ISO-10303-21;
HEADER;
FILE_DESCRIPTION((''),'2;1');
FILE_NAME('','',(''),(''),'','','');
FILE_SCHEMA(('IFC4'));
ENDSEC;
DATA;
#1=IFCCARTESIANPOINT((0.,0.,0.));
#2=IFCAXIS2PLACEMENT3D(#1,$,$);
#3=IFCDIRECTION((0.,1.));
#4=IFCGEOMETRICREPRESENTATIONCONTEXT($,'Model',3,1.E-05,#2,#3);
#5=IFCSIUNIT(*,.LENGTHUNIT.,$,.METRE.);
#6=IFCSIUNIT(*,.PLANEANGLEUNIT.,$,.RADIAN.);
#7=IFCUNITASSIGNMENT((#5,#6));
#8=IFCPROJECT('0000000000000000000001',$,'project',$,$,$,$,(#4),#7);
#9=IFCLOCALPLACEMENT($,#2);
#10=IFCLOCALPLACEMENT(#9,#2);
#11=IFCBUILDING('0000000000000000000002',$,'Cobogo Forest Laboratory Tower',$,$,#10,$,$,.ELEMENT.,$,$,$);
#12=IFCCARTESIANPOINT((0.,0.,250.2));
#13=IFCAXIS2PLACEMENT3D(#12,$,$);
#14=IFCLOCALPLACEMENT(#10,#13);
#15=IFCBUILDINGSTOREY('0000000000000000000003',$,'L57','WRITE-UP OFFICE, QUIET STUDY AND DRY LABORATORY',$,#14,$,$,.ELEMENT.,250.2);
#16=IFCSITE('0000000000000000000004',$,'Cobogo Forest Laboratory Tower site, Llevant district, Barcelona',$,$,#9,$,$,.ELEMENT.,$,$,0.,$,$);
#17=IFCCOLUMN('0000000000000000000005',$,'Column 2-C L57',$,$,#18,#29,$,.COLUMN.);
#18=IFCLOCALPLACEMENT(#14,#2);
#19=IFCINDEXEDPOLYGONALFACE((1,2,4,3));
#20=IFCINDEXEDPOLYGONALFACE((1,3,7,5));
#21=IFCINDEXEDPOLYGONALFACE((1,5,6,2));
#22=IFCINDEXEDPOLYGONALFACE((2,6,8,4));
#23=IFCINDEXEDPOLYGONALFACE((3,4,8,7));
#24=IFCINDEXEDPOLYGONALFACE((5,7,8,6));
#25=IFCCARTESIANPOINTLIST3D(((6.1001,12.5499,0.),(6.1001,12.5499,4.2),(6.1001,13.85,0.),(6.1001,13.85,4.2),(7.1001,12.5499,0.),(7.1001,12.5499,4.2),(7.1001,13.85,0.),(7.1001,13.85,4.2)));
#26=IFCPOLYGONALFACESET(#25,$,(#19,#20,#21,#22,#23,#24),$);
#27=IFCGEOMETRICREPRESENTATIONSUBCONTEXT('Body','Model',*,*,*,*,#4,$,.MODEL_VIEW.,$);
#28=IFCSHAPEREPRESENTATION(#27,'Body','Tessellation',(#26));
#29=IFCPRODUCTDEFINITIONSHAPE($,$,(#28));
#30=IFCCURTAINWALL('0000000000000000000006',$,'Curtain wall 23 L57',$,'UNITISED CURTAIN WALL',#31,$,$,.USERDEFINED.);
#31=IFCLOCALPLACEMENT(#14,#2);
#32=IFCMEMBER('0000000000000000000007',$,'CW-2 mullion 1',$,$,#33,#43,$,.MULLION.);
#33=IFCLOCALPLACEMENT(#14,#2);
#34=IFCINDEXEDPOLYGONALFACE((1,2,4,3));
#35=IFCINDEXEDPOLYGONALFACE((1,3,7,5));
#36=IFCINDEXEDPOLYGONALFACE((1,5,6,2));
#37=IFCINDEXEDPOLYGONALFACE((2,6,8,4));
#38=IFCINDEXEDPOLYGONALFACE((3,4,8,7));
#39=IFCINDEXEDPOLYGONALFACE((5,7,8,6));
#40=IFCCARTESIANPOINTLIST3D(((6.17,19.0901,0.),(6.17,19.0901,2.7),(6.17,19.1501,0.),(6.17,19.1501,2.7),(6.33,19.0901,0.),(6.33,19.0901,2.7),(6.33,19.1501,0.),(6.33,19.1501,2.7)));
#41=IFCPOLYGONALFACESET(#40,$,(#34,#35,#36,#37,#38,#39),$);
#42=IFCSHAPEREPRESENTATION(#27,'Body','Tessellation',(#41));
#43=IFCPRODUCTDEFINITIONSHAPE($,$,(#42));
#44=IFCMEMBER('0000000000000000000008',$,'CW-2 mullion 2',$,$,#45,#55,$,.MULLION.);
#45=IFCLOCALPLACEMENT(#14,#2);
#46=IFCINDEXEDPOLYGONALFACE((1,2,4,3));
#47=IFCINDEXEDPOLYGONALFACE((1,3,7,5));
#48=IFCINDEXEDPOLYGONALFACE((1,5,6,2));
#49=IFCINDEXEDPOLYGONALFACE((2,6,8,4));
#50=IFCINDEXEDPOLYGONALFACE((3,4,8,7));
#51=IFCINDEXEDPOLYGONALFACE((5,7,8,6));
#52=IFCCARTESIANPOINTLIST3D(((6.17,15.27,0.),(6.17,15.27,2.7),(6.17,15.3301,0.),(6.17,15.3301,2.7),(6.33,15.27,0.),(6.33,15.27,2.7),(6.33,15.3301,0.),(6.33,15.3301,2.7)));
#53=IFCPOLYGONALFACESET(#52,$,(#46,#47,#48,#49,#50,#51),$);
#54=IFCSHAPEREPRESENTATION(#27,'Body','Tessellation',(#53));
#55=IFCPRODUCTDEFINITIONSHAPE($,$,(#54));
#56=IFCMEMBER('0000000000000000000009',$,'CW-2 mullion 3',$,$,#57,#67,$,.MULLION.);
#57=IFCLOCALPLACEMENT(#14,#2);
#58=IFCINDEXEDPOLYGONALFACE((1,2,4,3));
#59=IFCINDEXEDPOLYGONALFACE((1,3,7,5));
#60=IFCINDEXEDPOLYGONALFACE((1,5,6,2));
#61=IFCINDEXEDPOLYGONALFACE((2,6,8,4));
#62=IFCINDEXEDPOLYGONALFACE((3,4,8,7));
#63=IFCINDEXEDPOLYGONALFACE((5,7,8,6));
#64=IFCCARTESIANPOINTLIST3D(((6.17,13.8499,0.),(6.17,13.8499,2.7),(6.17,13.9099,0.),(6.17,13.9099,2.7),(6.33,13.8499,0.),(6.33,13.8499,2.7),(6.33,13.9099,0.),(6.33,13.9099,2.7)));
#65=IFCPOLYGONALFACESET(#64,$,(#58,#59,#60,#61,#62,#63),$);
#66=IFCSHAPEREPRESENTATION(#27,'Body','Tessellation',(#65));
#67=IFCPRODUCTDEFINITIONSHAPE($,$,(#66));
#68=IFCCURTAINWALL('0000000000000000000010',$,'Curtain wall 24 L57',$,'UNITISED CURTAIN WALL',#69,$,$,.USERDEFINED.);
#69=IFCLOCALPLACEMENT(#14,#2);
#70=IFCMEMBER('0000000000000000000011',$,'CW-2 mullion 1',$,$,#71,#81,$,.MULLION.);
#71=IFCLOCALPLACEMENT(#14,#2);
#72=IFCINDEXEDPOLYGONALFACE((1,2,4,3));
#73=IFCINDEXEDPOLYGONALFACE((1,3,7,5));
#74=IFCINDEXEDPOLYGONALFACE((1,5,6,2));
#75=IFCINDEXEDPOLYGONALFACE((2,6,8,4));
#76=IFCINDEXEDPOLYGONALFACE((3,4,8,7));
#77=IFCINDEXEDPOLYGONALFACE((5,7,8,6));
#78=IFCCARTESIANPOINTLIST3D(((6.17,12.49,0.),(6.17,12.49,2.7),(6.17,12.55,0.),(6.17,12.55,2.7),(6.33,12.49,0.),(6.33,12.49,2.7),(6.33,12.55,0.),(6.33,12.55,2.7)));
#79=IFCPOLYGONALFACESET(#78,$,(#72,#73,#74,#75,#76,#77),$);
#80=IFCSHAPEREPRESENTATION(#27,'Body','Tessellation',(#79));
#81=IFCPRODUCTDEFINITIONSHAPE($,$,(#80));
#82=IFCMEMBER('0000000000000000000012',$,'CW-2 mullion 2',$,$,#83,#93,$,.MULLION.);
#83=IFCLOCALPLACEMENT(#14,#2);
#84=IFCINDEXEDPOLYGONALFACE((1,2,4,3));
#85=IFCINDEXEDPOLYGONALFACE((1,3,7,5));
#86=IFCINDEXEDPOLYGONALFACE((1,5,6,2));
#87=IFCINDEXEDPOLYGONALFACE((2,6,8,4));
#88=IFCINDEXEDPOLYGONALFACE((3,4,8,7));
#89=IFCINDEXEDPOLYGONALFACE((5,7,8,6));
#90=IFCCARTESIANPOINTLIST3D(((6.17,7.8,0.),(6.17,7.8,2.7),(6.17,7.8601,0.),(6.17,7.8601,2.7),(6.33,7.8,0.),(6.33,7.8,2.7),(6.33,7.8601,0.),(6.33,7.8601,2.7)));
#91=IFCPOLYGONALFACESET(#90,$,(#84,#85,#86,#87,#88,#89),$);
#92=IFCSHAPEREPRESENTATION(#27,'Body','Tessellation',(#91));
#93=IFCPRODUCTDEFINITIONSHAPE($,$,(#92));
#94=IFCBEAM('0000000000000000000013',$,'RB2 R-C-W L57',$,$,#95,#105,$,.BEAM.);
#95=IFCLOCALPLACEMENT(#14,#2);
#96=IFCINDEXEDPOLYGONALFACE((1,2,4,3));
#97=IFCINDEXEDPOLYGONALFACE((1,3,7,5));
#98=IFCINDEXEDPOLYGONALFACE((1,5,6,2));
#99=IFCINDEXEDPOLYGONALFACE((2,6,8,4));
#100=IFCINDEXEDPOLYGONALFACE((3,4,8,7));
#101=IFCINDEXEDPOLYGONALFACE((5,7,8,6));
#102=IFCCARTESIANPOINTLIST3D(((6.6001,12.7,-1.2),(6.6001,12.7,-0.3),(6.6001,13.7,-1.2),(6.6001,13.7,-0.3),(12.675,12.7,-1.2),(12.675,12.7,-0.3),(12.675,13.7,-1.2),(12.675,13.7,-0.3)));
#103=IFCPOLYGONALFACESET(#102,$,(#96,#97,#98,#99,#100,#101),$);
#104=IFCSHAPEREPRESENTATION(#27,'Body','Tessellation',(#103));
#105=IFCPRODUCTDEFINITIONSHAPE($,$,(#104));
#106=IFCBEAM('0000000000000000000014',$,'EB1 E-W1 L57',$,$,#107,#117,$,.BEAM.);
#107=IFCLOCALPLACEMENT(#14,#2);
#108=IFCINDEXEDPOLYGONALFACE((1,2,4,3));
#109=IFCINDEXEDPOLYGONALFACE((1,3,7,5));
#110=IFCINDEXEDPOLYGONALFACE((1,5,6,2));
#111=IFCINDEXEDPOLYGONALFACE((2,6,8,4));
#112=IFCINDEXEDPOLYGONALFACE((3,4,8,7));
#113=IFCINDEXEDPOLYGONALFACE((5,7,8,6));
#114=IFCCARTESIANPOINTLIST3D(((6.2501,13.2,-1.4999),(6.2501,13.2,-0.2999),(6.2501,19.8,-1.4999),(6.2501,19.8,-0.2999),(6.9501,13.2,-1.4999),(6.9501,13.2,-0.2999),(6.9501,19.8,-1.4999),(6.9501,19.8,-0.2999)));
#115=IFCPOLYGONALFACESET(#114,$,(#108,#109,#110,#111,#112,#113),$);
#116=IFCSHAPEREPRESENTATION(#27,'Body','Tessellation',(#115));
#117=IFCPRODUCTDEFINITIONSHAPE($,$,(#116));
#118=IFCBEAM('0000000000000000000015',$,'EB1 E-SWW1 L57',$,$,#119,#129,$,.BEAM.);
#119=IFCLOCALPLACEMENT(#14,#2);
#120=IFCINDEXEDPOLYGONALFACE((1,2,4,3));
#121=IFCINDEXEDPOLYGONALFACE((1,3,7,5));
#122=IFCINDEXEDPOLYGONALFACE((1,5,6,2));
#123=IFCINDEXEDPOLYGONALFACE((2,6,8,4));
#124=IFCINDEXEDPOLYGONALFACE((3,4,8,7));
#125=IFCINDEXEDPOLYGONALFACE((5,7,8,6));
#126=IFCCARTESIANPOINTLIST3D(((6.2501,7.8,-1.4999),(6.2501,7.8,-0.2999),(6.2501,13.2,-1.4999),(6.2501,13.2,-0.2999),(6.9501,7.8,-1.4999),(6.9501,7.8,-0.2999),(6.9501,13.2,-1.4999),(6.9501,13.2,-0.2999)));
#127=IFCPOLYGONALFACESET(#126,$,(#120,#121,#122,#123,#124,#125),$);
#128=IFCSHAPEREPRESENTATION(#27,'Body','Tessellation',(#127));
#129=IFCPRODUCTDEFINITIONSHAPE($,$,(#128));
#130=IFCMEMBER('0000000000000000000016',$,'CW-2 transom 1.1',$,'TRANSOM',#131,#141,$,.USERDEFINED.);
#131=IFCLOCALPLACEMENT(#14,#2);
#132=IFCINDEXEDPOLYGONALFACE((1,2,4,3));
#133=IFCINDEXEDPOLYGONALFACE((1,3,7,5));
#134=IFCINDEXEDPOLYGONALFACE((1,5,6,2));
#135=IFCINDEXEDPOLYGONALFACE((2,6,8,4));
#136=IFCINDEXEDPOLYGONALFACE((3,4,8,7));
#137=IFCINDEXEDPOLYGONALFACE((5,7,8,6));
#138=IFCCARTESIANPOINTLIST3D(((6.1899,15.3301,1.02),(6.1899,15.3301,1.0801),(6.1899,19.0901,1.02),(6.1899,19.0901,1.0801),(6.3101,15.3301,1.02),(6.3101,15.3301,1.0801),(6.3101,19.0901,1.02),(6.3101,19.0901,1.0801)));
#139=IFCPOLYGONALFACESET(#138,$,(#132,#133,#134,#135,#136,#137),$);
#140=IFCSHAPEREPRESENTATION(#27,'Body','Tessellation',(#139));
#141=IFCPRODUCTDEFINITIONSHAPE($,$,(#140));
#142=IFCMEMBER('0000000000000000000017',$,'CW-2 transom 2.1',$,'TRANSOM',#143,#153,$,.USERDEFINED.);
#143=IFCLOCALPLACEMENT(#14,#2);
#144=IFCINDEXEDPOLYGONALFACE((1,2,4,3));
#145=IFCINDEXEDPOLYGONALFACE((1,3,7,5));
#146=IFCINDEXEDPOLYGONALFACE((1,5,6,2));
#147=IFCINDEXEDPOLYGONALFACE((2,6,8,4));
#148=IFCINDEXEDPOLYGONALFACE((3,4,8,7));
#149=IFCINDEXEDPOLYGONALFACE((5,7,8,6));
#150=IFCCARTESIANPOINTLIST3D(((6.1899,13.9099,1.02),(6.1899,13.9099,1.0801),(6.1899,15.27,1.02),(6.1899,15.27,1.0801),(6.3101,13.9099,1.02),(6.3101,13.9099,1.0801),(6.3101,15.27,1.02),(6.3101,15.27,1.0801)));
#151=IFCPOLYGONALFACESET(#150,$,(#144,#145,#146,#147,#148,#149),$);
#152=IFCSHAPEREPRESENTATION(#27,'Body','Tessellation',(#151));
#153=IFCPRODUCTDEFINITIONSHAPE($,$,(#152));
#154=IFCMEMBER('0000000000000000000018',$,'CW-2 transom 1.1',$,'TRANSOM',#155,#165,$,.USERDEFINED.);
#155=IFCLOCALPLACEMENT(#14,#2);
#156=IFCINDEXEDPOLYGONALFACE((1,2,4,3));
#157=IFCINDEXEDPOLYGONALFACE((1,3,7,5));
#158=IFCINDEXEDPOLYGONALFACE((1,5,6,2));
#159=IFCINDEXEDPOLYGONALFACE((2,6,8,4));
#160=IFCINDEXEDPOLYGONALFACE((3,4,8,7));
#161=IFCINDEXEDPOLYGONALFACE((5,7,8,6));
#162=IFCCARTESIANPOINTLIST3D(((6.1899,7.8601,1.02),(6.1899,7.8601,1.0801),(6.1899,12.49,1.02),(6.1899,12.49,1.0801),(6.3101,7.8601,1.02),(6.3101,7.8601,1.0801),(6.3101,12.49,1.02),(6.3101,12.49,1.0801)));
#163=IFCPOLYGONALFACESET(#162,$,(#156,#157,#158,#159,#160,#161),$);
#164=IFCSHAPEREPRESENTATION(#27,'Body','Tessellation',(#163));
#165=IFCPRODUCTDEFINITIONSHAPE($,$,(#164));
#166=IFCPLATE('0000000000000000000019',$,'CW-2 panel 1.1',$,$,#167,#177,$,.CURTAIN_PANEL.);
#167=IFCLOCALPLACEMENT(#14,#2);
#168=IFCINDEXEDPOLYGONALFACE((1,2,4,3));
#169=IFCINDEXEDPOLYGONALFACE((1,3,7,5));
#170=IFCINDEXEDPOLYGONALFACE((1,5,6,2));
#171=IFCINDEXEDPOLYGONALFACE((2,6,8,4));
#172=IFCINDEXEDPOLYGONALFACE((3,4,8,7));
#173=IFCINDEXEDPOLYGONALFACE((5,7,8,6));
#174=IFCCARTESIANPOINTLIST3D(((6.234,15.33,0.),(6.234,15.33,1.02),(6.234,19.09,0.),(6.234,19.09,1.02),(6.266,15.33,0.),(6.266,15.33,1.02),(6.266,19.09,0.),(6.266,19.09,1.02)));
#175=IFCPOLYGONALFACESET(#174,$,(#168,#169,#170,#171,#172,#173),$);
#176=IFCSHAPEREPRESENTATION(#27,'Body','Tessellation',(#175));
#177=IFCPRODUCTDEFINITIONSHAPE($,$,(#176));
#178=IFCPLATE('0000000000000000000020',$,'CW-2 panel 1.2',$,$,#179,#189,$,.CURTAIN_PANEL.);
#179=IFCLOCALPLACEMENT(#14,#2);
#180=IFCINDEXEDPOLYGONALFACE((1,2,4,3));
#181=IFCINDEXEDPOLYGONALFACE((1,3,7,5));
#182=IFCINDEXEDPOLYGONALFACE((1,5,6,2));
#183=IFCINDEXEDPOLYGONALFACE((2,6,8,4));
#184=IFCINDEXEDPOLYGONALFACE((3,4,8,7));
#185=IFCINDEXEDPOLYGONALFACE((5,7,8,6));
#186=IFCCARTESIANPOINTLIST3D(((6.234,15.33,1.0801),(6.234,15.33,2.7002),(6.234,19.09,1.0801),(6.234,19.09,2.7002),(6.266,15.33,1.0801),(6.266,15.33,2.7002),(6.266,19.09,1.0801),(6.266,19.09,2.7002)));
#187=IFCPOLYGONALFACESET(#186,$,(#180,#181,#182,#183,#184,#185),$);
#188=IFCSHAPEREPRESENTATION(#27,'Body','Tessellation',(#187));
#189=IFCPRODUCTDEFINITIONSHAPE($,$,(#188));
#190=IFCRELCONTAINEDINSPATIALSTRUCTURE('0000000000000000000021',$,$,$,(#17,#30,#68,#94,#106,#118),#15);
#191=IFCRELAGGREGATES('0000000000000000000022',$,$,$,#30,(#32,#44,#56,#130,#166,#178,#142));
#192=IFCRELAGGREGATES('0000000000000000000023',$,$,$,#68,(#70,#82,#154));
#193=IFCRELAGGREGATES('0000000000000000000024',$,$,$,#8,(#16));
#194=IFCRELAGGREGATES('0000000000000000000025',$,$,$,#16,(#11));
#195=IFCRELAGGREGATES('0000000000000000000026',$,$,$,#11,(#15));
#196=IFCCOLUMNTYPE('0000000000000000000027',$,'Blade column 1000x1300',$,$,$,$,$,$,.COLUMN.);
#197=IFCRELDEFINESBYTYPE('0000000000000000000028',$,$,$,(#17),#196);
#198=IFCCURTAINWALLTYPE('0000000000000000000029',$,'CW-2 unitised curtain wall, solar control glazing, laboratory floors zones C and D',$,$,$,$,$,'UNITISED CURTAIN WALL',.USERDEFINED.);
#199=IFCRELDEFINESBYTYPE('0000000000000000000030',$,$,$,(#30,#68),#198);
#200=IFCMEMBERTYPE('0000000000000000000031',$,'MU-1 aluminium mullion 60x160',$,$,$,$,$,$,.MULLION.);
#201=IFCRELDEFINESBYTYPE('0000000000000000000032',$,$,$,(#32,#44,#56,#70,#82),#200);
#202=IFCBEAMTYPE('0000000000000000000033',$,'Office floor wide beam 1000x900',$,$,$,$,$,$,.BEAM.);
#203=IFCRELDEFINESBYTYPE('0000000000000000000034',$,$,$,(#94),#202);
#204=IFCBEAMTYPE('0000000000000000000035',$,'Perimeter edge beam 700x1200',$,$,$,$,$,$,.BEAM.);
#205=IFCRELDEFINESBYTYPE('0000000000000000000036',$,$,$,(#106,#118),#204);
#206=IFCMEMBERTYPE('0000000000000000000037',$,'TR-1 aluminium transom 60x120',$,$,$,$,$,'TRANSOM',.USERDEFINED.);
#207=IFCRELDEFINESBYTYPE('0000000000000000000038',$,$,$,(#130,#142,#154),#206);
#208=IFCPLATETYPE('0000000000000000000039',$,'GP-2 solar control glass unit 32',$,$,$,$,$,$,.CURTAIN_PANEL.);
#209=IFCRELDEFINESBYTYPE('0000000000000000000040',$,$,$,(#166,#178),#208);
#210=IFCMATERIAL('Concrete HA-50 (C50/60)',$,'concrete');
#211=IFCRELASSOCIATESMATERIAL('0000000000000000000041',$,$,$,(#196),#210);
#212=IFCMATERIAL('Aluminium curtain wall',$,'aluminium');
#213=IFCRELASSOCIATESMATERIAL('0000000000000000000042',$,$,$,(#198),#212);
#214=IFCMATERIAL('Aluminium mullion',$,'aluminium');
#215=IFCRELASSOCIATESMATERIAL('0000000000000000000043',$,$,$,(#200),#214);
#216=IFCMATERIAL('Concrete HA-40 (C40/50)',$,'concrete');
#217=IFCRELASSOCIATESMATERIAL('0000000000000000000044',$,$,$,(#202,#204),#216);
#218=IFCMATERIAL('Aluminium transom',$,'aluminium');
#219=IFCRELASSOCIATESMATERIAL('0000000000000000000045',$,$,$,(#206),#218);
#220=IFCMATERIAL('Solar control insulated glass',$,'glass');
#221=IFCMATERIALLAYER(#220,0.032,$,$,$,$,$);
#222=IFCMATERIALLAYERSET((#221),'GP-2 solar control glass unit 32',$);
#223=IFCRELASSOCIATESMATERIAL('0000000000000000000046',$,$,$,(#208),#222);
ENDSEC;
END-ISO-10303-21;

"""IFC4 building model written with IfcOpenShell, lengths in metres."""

from ifc_helpers import new_model, si_unit, direction, frame, origin, origin_2d, place, context, subcontext, project, spatial, rectangle, extrude, material, layer, layer_set, material_profile, profile_set, type_object, element, aggregate, save


model = new_model("IFC4")

# Units and contexts
model_context = context("Model", 3, precision=1e-05, world=origin(), true_north=direction((0.0, 1.0)))
body_context = subcontext(model_context, "Body", "Model", "MODEL_VIEW")
ifc_project = project(units=[si_unit("LENGTHUNIT", "METRE"), si_unit("PLANEANGLEUNIT", "RADIAN")], contexts=[model_context])

# Site, building, storey
site_placement = place(None, origin())
site = spatial("IfcSite", under=ifc_project, at=site_placement, Name="Cobogo Forest Laboratory Tower site, Llevant district, Barcelona", CompositionType="ELEMENT", RefElevation=0.0)
building_placement = place(site_placement, origin())
building = spatial("IfcBuilding", under=site, at=building_placement, Name="Cobogo Forest Laboratory Tower", CompositionType="ELEMENT")
storey_placement = place(building_placement, frame((0.0, 0.0, 250.2)))
storey = spatial("IfcBuildingStorey", under=building, at=storey_placement, Name="L57", Description="WRITE-UP OFFICE, QUIET STUDY AND DRY LABORATORY", CompositionType="ELEMENT", Elevation=250.2)

# Column
ifc_material_1 = material(Name="Concrete HA-50 (C50/60)", Category="concrete")
ifc_material_profile_1 = material_profile(ifc_material_1, rectangle(XDim=1.3, YDim=1.0, at=origin_2d()), Name="RC 1000x1300")
ifc_profile_set_1 = profile_set([ifc_material_profile_1], Name="Concrete HA-50 (C50/60)")
column_type = type_object("IfcColumnType", Name="Blade column 1000x1300", PredefinedType="COLUMN", material=ifc_profile_set_1)
column_placement = place(storey_placement, frame((6.6001, 13.2, 0.0), z_axis=(0.0, 0.0, 1.0), x_axis=(0.0, 1.0, 0.0)))
element("IfcColumn", 1, at=column_placement, inside=storey, type_object=column_type, Name="Column 2-C L57", PredefinedType="COLUMN", context=body_context, shape_type="SweptSolid", body=[
    extrude(rectangle(XDim=1.3, YDim=1.0, at=origin_2d()), origin(), (0.0, 0.0, 1.0), 4.2),
])

# Curtain walls, members
ifc_material_2 = material(Name="Aluminium curtain wall", Category="aluminium")
curtain_wall_type = type_object("IfcCurtainWallType", Name="CW-2 unitised curtain wall, solar control glazing, laboratory floors zones C and D", ElementType="UNITISED CURTAIN WALL", PredefinedType="USERDEFINED", material=ifc_material_2)
curtain_wall_1_placement = place(storey_placement, origin())
curtain_wall_1 = element("IfcCurtainWall", 2, at=curtain_wall_1_placement, inside=storey, type_object=curtain_wall_type, Name="Curtain wall 23 L57", ObjectType="UNITISED CURTAIN WALL", PredefinedType="USERDEFINED")
ifc_material_3 = material(Name="Aluminium mullion", Category="aluminium")
ifc_material_profile_2 = material_profile(ifc_material_3, rectangle(XDim=0.0601, YDim=0.1599, at=origin_2d()), Name="AL 60x160")
ifc_profile_set_2 = profile_set([ifc_material_profile_2], Name="Aluminium mullion")
member_type_1 = type_object("IfcMemberType", Name="MU-1 aluminium mullion 60x160", PredefinedType="MULLION", material=ifc_profile_set_2)
member_1_placement = place(storey_placement, frame((6.25, 19.1201, 0.0), z_axis=(0.0, 0.0, 1.0), x_axis=(0.0, -1.0, 0.0)))
member_1 = element("IfcMember", 3, at=member_1_placement, type_object=member_type_1, Name="CW-2 mullion 1", PredefinedType="MULLION", context=body_context, shape_type="SweptSolid", body=[
    extrude(rectangle(XDim=0.0601, YDim=0.1599, at=origin_2d()), origin(), (0.0, 0.0, 1.0), 2.7),
])
member_2_placement = place(storey_placement, frame((6.25, 15.3, 0.0), z_axis=(0.0, 0.0, 1.0), x_axis=(0.0, -1.0, 0.0)))
member_2 = element("IfcMember", 4, at=member_2_placement, type_object=member_type_1, Name="CW-2 mullion 2", PredefinedType="MULLION", context=body_context, shape_type="SweptSolid", body=[
    extrude(rectangle(XDim=0.0601, YDim=0.1599, at=origin_2d()), origin(), (0.0, 0.0, 1.0), 2.7),
])
member_3_placement = place(storey_placement, frame((6.25, 13.8799, 0.0), z_axis=(0.0, 0.0, 1.0), x_axis=(0.0, -1.0, 0.0)))
member_3 = element("IfcMember", 5, at=member_3_placement, type_object=member_type_1, Name="CW-2 mullion 3", PredefinedType="MULLION", context=body_context, shape_type="SweptSolid", body=[
    extrude(rectangle(XDim=0.0601, YDim=0.1599, at=origin_2d()), origin(), (0.0, 0.0, 1.0), 2.7),
])
curtain_wall_2_placement = place(storey_placement, origin())
curtain_wall_2 = element("IfcCurtainWall", 6, at=curtain_wall_2_placement, inside=storey, type_object=curtain_wall_type, Name="Curtain wall 24 L57", ObjectType="UNITISED CURTAIN WALL", PredefinedType="USERDEFINED")
member_4_placement = place(storey_placement, frame((6.25, 12.52, 0.0), z_axis=(0.0, 0.0, 1.0), x_axis=(0.0, -1.0, 0.0)))
member_4 = element("IfcMember", 7, at=member_4_placement, type_object=member_type_1, Name="CW-2 mullion 1", PredefinedType="MULLION", context=body_context, shape_type="SweptSolid", body=[
    extrude(rectangle(XDim=0.0601, YDim=0.1599, at=origin_2d()), origin(), (0.0, 0.0, 1.0), 2.7),
])
member_5_placement = place(storey_placement, frame((6.25, 7.8301, 0.0), z_axis=(0.0, 0.0, 1.0), x_axis=(0.0, -1.0, 0.0)))
member_5 = element("IfcMember", 8, at=member_5_placement, type_object=member_type_1, Name="CW-2 mullion 2", PredefinedType="MULLION", context=body_context, shape_type="SweptSolid", body=[
    extrude(rectangle(XDim=0.0601, YDim=0.1599, at=origin_2d()), origin(), (0.0, 0.0, 1.0), 2.7),
])

# Beams
ifc_material_4 = material(Name="Concrete HA-40 (C40/50)", Category="concrete")
ifc_material_profile_3 = material_profile(ifc_material_4, rectangle(XDim=1.0, YDim=0.8999, at=origin_2d()), Name="RC 1000x900")
ifc_profile_set_3 = profile_set([ifc_material_profile_3], Name="Concrete HA-40 (C40/50)")
beam_type_1 = type_object("IfcBeamType", Name="Office floor wide beam 1000x900", PredefinedType="BEAM", material=ifc_profile_set_3)
beam_1_placement = place(storey_placement, frame((12.675, 13.2, -0.75), z_axis=(-1.0, 0.0, 0.0), x_axis=(0.0, -1.0, 0.0)))
element("IfcBeam", 9, at=beam_1_placement, inside=storey, type_object=beam_type_1, Name="RB2 R-C-W L57", PredefinedType="BEAM", context=body_context, shape_type="SweptSolid", body=[
    extrude(rectangle(XDim=1.0, YDim=0.8999, at=origin_2d()), origin(), (0.0, 0.0, 1.0), 6.075),
])
ifc_material_profile_4 = material_profile(ifc_material_4, rectangle(XDim=0.7, YDim=1.2, at=origin_2d()), Name="RC 700x1200")
ifc_profile_set_4 = profile_set([ifc_material_profile_4], Name="Concrete HA-40 (C40/50)")
beam_type_2 = type_object("IfcBeamType", Name="Perimeter edge beam 700x1200", PredefinedType="BEAM", material=ifc_profile_set_4)
beam_2_placement = place(storey_placement, frame((6.6001, 13.2, -0.8999), z_axis=(0.0, 1.0, 0.0), x_axis=(-1.0, 0.0, 0.0)))
element("IfcBeam", 10, at=beam_2_placement, inside=storey, type_object=beam_type_2, Name="EB1 E-W1 L57", PredefinedType="BEAM", context=body_context, shape_type="SweptSolid", body=[
    extrude(rectangle(XDim=0.7, YDim=1.2, at=origin_2d()), origin(), (0.0, 0.0, 1.0), 6.6001),
])
beam_3_placement = place(storey_placement, frame((6.6001, 13.2, -0.8999), z_axis=(0.0, -1.0, 0.0), x_axis=(1.0, 0.0, 0.0)))
element("IfcBeam", 11, at=beam_3_placement, inside=storey, type_object=beam_type_2, Name="EB1 E-SWW1 L57", PredefinedType="BEAM", context=body_context, shape_type="SweptSolid", body=[
    extrude(rectangle(XDim=0.7, YDim=1.2, at=origin_2d()), origin(), (0.0, 0.0, 1.0), 5.3999),
])

# Members
ifc_material_5 = material(Name="Aluminium transom", Category="aluminium")
ifc_material_profile_5 = material_profile(ifc_material_5, rectangle(XDim=0.1201, YDim=0.0601, at=origin_2d()), Name="AL 60x120")
ifc_profile_set_5 = profile_set([ifc_material_profile_5], Name="Aluminium transom")
member_type_2 = type_object("IfcMemberType", Name="TR-1 aluminium transom 60x120", ElementType="TRANSOM", PredefinedType="USERDEFINED", material=ifc_profile_set_5)
member_6_placement = place(storey_placement, frame((6.25, 19.0901, 1.05), z_axis=(0.0, -1.0, 0.0), x_axis=(1.0, 0.0, 0.0)))
member_6 = element("IfcMember", 12, at=member_6_placement, type_object=member_type_2, Name="CW-2 transom 1.1", ObjectType="TRANSOM", PredefinedType="USERDEFINED", context=body_context, shape_type="SweptSolid", body=[
    extrude(rectangle(XDim=0.1201, YDim=0.0601, at=origin_2d()), origin(), (0.0, 0.0, 1.0), 3.76),
])
member_7_placement = place(storey_placement, frame((6.25, 15.27, 1.05), z_axis=(0.0, -1.0, 0.0), x_axis=(1.0, 0.0, 0.0)))
member_7 = element("IfcMember", 13, at=member_7_placement, type_object=member_type_2, Name="CW-2 transom 2.1", ObjectType="TRANSOM", PredefinedType="USERDEFINED", context=body_context, shape_type="SweptSolid", body=[
    extrude(rectangle(XDim=0.1201, YDim=0.0601, at=origin_2d()), origin(), (0.0, 0.0, 1.0), 1.3601),
])
member_8_placement = place(storey_placement, frame((6.25, 12.49, 1.05), z_axis=(0.0, -1.0, 0.0), x_axis=(1.0, 0.0, 0.0)))
member_8 = element("IfcMember", 14, at=member_8_placement, type_object=member_type_2, Name="CW-2 transom 1.1", ObjectType="TRANSOM", PredefinedType="USERDEFINED", context=body_context, shape_type="SweptSolid", body=[
    extrude(rectangle(XDim=0.1201, YDim=0.0601, at=origin_2d()), origin(), (0.0, 0.0, 1.0), 4.6299),
])

# Plates
ifc_material_6 = material(Name="Solar control insulated glass", Category="glass")
ifc_layer_1 = layer(ifc_material_6, 0.032)
ifc_layer_set_1 = layer_set([ifc_layer_1], Name="GP-2 solar control glass unit 32")
plate_type_1 = type_object("IfcPlateType", Name="GP-2 solar control glass unit 32", PredefinedType="CURTAIN_PANEL", material=ifc_layer_set_1)
plate_1_placement = place(storey_placement, frame((6.25, 17.21, 0.0), z_axis=(0.0, 0.0, 1.0), x_axis=(0.0, -1.0, 0.0)))
plate_1 = element("IfcPlate", 15, at=plate_1_placement, type_object=plate_type_1, Name="CW-2 panel 1.1", PredefinedType="CURTAIN_PANEL", context=body_context, shape_type="SweptSolid", body=[
    extrude(rectangle(XDim=3.76, YDim=0.032, at=origin_2d()), origin(), (0.0, 0.0, 1.0), 1.02),
])
plate_2_placement = place(storey_placement, frame((6.25, 17.21, 1.0801), z_axis=(0.0, 0.0, 1.0), x_axis=(0.0, -1.0, 0.0)))
plate_2 = element("IfcPlate", 16, at=plate_2_placement, type_object=plate_type_1, Name="CW-2 panel 1.2", PredefinedType="CURTAIN_PANEL", context=body_context, shape_type="SweptSolid", body=[
    extrude(rectangle(XDim=3.76, YDim=0.032, at=origin_2d()), origin(), (0.0, 0.0, 1.0), 1.6201),
])
aggregate(curtain_wall_1, [member_1, member_2, member_3, member_6, plate_1, plate_2, member_7])
aggregate(curtain_wall_2, [member_4, member_5, member_8])

save(model, "model.ifc")
